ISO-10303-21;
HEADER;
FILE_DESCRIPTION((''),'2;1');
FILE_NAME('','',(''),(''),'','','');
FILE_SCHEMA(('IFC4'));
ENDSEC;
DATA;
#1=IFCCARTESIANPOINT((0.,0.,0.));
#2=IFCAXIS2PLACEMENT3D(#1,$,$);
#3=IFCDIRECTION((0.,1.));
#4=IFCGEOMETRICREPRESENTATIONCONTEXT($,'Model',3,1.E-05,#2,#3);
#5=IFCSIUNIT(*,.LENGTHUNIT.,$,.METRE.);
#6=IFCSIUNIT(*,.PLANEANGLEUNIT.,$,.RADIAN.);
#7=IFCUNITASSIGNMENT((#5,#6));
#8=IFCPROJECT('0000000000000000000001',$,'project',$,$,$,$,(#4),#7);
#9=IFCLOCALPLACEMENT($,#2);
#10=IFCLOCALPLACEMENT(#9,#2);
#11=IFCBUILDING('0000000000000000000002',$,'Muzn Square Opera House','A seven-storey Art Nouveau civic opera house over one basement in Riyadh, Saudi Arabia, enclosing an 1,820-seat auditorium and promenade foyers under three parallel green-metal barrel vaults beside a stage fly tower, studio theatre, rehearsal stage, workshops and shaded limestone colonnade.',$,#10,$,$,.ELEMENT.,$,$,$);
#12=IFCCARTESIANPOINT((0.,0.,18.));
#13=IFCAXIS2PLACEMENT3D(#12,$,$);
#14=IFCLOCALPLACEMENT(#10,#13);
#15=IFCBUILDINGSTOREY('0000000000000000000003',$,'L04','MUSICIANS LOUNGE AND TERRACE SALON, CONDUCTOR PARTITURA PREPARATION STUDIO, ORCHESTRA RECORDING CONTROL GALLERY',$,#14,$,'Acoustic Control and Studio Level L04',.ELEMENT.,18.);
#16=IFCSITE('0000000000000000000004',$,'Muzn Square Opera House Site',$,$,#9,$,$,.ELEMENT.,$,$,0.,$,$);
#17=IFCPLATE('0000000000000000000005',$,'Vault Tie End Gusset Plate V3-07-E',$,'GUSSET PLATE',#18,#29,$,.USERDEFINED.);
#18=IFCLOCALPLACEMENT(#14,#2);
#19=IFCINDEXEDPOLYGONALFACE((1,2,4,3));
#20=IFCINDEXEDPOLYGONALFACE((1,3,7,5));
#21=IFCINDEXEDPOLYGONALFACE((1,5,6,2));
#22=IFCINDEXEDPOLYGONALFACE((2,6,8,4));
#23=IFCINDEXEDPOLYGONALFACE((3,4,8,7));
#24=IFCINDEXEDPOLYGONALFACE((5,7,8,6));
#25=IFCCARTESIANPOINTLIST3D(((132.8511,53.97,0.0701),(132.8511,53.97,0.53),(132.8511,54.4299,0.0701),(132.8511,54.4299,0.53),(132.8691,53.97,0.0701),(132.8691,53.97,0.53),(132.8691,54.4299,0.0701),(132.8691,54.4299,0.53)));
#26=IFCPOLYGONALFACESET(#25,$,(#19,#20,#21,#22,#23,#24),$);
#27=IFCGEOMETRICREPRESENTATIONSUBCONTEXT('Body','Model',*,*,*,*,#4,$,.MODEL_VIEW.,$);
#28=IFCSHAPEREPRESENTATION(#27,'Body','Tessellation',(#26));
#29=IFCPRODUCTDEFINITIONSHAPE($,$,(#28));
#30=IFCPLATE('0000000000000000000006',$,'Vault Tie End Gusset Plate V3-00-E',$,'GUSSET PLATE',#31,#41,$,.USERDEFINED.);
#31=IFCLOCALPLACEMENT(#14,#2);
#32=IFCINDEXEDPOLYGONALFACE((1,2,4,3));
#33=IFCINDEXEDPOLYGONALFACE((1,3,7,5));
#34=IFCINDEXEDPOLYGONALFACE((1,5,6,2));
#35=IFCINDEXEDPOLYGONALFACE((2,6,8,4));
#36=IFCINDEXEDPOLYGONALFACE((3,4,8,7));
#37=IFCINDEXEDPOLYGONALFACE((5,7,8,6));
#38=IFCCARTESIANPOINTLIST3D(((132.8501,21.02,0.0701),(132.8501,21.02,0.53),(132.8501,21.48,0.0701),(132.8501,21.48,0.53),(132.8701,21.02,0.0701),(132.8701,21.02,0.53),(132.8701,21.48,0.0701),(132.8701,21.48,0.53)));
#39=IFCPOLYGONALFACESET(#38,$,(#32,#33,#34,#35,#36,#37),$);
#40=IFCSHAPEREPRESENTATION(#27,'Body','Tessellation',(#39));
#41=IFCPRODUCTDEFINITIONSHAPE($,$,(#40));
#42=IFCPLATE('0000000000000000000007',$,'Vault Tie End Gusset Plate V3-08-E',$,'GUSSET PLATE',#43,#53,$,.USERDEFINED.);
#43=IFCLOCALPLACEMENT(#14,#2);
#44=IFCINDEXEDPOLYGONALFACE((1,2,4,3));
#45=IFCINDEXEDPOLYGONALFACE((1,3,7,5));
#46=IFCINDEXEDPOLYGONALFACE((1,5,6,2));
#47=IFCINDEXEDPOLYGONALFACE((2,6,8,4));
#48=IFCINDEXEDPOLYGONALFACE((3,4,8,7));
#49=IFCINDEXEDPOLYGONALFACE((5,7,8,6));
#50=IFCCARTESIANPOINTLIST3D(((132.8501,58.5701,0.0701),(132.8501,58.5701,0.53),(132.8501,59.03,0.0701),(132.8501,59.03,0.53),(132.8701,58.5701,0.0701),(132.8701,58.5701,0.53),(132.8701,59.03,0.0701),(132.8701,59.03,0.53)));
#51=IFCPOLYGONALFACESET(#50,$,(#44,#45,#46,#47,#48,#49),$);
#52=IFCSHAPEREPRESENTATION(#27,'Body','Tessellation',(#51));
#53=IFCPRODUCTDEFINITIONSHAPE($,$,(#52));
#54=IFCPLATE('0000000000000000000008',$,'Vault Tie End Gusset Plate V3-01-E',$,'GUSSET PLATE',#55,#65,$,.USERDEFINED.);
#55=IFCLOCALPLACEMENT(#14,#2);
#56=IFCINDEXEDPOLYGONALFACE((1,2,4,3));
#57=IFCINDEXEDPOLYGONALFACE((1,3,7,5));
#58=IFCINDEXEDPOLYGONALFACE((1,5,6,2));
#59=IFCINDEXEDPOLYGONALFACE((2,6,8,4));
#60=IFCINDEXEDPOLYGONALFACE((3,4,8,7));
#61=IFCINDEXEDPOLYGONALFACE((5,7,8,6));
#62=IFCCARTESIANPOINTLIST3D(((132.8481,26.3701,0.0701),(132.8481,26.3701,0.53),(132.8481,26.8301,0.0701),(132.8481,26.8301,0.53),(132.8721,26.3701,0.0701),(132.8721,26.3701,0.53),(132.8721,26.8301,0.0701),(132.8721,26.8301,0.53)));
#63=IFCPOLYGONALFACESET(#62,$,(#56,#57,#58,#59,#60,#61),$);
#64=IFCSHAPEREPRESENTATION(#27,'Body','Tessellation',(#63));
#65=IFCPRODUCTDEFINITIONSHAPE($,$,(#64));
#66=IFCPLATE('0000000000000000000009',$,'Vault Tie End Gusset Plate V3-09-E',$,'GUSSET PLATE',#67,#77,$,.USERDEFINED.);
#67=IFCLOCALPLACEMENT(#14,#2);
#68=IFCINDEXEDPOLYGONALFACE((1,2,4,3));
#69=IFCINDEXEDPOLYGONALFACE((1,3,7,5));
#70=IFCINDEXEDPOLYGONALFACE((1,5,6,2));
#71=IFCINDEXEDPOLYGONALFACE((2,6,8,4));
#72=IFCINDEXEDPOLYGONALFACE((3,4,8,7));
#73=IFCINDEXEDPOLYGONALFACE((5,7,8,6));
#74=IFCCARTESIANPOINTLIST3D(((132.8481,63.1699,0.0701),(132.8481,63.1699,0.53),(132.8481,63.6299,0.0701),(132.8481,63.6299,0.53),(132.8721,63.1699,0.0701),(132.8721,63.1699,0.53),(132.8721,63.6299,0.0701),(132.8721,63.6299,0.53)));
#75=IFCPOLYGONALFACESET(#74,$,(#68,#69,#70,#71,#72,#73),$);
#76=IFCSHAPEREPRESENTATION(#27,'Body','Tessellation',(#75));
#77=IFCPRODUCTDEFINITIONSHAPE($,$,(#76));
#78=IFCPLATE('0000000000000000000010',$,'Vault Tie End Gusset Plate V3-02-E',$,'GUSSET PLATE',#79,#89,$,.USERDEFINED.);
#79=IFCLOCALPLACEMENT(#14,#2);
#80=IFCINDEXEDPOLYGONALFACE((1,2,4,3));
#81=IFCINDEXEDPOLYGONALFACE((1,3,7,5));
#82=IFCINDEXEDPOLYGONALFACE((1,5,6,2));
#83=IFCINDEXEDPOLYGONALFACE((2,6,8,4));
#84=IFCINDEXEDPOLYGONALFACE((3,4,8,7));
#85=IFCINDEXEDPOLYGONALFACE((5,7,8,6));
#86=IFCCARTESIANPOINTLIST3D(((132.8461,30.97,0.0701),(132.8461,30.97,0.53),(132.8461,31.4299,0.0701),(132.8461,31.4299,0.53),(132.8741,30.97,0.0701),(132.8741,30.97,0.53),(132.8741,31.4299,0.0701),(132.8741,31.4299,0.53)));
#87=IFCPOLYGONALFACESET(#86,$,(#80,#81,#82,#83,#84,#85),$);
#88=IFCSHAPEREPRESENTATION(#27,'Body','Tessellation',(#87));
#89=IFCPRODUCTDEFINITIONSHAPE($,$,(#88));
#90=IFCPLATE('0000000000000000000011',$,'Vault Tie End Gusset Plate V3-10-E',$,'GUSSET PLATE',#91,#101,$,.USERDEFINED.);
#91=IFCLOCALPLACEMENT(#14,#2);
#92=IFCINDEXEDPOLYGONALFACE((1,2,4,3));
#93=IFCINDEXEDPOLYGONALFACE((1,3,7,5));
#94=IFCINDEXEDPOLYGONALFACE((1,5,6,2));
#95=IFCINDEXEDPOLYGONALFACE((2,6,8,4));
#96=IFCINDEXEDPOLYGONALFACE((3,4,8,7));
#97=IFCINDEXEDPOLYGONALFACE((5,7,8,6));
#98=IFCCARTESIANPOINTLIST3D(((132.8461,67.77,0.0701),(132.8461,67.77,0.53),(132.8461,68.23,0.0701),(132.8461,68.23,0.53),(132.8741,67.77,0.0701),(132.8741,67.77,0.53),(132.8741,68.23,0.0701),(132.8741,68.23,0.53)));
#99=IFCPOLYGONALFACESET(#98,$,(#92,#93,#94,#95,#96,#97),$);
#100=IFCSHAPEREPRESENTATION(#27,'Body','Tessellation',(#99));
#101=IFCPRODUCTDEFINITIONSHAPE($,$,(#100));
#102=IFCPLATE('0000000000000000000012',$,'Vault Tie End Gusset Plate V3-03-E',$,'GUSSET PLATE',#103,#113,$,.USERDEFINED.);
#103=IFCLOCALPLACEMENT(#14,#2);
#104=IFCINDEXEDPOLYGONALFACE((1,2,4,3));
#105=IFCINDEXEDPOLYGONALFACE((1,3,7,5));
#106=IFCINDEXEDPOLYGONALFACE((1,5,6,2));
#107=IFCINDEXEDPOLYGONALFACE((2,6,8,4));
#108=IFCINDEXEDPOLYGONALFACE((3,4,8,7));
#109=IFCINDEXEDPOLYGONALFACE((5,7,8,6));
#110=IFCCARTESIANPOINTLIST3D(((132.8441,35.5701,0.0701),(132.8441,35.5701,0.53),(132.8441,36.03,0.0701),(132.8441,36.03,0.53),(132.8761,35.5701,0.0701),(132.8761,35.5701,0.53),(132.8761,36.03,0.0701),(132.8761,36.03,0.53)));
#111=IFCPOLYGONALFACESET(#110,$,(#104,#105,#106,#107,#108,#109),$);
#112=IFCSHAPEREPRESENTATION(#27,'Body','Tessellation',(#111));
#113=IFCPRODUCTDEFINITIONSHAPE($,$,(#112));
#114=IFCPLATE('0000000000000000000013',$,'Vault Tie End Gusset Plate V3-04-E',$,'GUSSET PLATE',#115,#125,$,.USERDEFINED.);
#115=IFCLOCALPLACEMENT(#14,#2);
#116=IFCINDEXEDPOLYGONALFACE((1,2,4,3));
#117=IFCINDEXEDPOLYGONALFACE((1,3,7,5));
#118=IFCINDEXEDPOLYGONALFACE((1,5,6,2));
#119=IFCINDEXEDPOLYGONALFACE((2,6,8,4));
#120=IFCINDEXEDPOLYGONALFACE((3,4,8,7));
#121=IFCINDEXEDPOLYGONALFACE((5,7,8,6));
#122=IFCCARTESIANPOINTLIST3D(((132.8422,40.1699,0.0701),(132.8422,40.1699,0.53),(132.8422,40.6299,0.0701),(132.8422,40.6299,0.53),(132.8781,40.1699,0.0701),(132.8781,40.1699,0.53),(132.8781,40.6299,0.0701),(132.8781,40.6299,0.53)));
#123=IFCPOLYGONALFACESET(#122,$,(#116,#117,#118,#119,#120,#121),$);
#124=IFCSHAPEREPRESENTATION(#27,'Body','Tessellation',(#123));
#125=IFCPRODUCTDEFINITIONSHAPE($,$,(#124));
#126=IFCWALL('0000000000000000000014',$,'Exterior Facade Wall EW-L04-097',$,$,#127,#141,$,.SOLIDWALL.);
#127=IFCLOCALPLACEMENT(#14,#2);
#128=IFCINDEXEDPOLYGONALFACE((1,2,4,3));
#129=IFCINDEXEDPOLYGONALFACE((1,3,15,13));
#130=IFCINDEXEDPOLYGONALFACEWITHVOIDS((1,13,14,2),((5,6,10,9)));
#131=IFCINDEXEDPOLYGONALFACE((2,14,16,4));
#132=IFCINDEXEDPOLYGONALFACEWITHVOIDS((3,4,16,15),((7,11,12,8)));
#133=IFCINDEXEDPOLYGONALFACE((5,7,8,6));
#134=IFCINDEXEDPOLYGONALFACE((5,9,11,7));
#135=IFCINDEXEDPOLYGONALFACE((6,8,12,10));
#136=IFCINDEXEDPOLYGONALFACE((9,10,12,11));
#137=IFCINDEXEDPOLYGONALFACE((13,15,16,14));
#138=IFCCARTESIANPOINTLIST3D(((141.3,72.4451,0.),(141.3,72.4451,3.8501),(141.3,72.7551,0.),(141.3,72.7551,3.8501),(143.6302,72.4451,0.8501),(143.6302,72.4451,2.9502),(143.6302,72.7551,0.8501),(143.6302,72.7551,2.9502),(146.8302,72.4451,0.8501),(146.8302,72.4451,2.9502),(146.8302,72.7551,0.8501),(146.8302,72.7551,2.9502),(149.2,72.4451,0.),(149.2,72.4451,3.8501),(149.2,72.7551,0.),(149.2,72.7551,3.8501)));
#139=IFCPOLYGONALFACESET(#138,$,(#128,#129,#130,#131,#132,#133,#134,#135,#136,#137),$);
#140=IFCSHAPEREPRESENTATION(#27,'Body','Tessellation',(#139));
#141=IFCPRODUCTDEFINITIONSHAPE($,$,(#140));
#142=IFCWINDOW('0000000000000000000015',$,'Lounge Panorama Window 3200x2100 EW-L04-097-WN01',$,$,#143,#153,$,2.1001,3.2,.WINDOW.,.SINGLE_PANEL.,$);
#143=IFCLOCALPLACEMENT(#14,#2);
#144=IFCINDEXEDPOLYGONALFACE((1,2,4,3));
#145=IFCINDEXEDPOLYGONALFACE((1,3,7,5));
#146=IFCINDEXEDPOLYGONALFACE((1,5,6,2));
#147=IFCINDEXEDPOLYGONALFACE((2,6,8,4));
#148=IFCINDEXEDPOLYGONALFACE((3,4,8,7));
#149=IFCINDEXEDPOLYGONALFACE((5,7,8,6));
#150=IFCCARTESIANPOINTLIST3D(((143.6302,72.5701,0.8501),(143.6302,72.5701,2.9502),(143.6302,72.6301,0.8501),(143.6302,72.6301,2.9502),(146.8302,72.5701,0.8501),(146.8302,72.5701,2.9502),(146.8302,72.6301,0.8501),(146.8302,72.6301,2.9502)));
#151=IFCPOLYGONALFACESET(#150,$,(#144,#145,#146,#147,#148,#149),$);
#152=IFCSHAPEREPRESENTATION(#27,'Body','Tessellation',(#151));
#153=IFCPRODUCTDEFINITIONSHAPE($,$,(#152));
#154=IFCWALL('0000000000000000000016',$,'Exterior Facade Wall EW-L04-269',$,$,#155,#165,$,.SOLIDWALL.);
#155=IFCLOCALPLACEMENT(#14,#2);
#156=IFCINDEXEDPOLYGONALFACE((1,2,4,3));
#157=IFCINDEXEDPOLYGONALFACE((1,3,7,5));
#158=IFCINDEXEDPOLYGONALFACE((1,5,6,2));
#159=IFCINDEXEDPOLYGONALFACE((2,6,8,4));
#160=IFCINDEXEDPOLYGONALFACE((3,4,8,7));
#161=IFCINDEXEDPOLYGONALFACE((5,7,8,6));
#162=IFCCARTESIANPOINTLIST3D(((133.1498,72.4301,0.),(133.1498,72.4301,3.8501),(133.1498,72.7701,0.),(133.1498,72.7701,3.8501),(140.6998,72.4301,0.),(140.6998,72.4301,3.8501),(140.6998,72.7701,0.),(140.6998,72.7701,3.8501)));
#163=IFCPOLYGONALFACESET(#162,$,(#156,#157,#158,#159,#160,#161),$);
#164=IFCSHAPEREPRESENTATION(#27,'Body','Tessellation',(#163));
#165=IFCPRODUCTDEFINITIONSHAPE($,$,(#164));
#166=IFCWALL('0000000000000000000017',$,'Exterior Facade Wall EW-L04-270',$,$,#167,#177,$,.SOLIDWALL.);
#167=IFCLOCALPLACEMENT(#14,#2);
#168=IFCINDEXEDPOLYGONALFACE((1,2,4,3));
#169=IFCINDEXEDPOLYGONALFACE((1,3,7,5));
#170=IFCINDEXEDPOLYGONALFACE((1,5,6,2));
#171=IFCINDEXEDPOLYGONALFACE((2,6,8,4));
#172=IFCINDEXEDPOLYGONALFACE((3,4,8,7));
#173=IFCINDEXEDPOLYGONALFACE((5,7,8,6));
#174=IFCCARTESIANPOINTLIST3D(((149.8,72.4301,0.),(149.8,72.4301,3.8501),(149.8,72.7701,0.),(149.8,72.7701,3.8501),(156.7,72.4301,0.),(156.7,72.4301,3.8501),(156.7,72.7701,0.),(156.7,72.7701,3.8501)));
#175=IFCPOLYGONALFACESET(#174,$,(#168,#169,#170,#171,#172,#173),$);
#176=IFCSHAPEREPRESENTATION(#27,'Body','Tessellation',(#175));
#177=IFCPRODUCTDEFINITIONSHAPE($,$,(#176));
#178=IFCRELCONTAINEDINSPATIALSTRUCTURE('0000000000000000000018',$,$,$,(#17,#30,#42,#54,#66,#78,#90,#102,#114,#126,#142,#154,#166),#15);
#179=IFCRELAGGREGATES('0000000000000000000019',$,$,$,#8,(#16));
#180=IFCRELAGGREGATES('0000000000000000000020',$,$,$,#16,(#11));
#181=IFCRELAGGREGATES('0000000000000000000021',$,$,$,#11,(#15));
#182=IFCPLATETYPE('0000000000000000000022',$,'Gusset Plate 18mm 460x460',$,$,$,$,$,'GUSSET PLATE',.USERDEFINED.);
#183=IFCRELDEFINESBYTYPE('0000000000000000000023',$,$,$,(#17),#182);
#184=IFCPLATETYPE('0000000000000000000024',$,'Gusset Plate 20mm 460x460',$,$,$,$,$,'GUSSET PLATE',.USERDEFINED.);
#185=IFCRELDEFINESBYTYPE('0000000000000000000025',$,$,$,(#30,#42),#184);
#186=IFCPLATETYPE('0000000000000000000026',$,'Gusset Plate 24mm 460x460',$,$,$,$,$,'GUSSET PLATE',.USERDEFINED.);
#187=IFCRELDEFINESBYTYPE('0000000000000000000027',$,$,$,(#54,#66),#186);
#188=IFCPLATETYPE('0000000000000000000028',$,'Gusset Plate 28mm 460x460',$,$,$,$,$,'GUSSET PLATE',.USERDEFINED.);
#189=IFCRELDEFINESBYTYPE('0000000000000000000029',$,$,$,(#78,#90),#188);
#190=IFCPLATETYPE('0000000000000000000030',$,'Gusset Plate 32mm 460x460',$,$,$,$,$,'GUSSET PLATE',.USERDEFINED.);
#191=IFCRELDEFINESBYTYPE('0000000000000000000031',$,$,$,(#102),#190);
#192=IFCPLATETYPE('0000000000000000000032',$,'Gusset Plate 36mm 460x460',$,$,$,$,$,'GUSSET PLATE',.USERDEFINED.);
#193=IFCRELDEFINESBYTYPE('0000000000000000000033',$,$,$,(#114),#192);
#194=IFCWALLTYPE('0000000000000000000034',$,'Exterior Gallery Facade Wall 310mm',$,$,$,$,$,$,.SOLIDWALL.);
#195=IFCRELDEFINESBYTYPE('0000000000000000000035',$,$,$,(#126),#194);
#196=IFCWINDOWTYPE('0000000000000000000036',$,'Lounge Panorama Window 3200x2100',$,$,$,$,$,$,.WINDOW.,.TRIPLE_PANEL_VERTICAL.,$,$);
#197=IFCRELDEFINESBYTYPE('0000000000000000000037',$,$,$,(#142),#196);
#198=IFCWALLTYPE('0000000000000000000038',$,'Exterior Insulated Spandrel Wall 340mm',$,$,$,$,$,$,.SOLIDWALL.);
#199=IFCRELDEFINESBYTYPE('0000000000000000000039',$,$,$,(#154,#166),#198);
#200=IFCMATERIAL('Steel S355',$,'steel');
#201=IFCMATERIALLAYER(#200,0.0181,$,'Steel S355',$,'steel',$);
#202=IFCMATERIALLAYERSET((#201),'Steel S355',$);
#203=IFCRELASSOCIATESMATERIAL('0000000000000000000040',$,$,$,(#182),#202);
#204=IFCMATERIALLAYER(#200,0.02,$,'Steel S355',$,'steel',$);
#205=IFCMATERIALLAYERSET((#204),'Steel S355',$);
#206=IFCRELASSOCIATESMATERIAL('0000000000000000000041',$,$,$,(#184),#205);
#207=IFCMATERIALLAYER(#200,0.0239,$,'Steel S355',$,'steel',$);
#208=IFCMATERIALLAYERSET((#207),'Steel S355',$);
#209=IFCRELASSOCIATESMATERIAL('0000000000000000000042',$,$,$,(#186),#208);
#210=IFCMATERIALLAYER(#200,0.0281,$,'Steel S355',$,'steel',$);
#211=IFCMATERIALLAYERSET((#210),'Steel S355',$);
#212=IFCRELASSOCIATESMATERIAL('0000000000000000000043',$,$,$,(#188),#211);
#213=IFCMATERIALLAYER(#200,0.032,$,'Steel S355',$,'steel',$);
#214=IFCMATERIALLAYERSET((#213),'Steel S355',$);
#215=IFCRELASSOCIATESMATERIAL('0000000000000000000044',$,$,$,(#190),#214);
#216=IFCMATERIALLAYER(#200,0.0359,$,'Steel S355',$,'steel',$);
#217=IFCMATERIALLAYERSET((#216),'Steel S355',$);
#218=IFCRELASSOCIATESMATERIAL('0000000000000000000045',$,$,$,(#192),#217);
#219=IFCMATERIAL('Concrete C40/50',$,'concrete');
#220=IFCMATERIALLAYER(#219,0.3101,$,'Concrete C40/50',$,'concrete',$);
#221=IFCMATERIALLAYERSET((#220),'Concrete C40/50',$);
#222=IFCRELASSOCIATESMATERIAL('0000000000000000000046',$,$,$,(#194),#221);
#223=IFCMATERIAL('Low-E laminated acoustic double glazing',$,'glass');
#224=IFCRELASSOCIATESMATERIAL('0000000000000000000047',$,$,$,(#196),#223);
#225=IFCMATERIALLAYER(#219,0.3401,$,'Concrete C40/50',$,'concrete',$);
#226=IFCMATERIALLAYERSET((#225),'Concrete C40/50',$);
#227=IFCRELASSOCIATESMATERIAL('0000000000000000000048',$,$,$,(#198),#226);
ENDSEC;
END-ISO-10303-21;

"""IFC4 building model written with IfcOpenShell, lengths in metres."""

from ifc_helpers import new_model, si_unit, direction, frame, frame_2d, origin, origin_2d, place, context, subcontext, project, spatial, rectangle, extrude, material, layer, layer_set, type_object, element, fill, save


model = new_model("IFC4")

# Units and contexts
model_context = context("Model", 3, precision=1e-05, world=origin(), true_north=direction((0.0, 1.0)))
body_context = subcontext(model_context, "Body", "Model", "MODEL_VIEW")
ifc_project = project(units=[si_unit("LENGTHUNIT", "METRE"), si_unit("PLANEANGLEUNIT", "RADIAN")], contexts=[model_context])

# Site, building, storey
site_placement = place(None, origin())
site = spatial("IfcSite", under=ifc_project, at=site_placement, Name="Muzn Square Opera House Site", CompositionType="ELEMENT", RefElevation=0.0)
building_placement = place(site_placement, origin())
building = spatial("IfcBuilding", under=site, at=building_placement, Name="Muzn Square Opera House", Description="A seven-storey Art Nouveau civic opera house over one basement in Riyadh, Saudi Arabia, enclosing an 1,820-seat auditorium and promenade foyers under three parallel green-metal barrel vaults beside a stage fly tower, studio theatre, rehearsal stage, workshops and shaded limestone colonnade.", CompositionType="ELEMENT")
storey_placement = place(building_placement, frame((0.0, 0.0, 18.0)))
storey = spatial("IfcBuildingStorey", under=building, at=storey_placement, Name="L04", Description="MUSICIANS LOUNGE AND TERRACE SALON, CONDUCTOR PARTITURA PREPARATION STUDIO, ORCHESTRA RECORDING CONTROL GALLERY", LongName="Acoustic Control and Studio Level L04", CompositionType="ELEMENT", Elevation=18.0)

# Shared definitions
ifc_material_1 = material(Name="Steel S355", Category="steel")

# Shared definitions
ifc_material_2 = material(Name="Concrete C40/50", Category="concrete")

# Plates
ifc_layer_1 = layer(ifc_material_1, 0.0181, Name="Steel S355", Category="steel")
ifc_layer_set_1 = layer_set([ifc_layer_1], Name="Steel S355")
plate_type_1 = type_object("IfcPlateType", Name="Gusset Plate 18mm 460x460", ElementType="GUSSET PLATE", PredefinedType="USERDEFINED", material=ifc_layer_set_1)
plate_1_placement = place(storey_placement, frame((132.8601, 54.2, 0.0701), z_axis=(0.0, 0.0, 1.0), x_axis=(1.0, 0.0, 0.0)))
element("IfcPlate", 1, at=plate_1_placement, inside=storey, type_object=plate_type_1, Name="Vault Tie End Gusset Plate V3-07-E", ObjectType="GUSSET PLATE", PredefinedType="USERDEFINED", context=body_context, shape_type="SweptSolid", body=[
    extrude(rectangle(XDim=0.0181, YDim=0.46, at=origin_2d()), origin(), (0.0, 0.0, 1.0), 0.46),
])
ifc_layer_2 = layer(ifc_material_1, 0.02, Name="Steel S355", Category="steel")
ifc_layer_set_2 = layer_set([ifc_layer_2], Name="Steel S355")
plate_type_2 = type_object("IfcPlateType", Name="Gusset Plate 20mm 460x460", ElementType="GUSSET PLATE", PredefinedType="USERDEFINED", material=ifc_layer_set_2)
for number, where, z_axis, x_axis, name in (
    (2, (132.8601, 21.25, 0.0701), (0.0, 0.0, 1.0), (1.0, 0.0, 0.0), "Vault Tie End Gusset Plate V3-00-E"),
    (3, (132.8601, 58.8, 0.0701), (0.0, 0.0, 1.0), (1.0, 0.0, 0.0), "Vault Tie End Gusset Plate V3-08-E"),
):
    element("IfcPlate", number, at=place(storey_placement, frame(where, z_axis=z_axis, x_axis=x_axis)), inside=storey, type_object=plate_type_2, Name=name, ObjectType="GUSSET PLATE", PredefinedType="USERDEFINED", context=body_context, shape_type="SweptSolid", body=[
        extrude(rectangle(XDim=0.02, YDim=0.46, at=origin_2d()), origin(), (0.0, 0.0, 1.0), 0.46),
    ])
ifc_layer_3 = layer(ifc_material_1, 0.0239, Name="Steel S355", Category="steel")
ifc_layer_set_3 = layer_set([ifc_layer_3], Name="Steel S355")
plate_type_3 = type_object("IfcPlateType", Name="Gusset Plate 24mm 460x460", ElementType="GUSSET PLATE", PredefinedType="USERDEFINED", material=ifc_layer_set_3)
for number, where, z_axis, x_axis, name in (
    (4, (132.8601, 26.6001, 0.0701), (0.0, 0.0, 1.0), (1.0, 0.0, 0.0), "Vault Tie End Gusset Plate V3-01-E"),
    (5, (132.8601, 63.3999, 0.0701), (0.0, 0.0, 1.0), (1.0, 0.0, 0.0), "Vault Tie End Gusset Plate V3-09-E"),
):
    element("IfcPlate", number, at=place(storey_placement, frame(where, z_axis=z_axis, x_axis=x_axis)), inside=storey, type_object=plate_type_3, Name=name, ObjectType="GUSSET PLATE", PredefinedType="USERDEFINED", context=body_context, shape_type="SweptSolid", body=[
        extrude(rectangle(XDim=0.0239, YDim=0.46, at=origin_2d()), origin(), (0.0, 0.0, 1.0), 0.46),
    ])
ifc_layer_4 = layer(ifc_material_1, 0.0281, Name="Steel S355", Category="steel")
ifc_layer_set_4 = layer_set([ifc_layer_4], Name="Steel S355")
plate_type_4 = type_object("IfcPlateType", Name="Gusset Plate 28mm 460x460", ElementType="GUSSET PLATE", PredefinedType="USERDEFINED", material=ifc_layer_set_4)
for number, where, z_axis, x_axis, name in (
    (6, (132.8601, 31.2, 0.0701), (0.0, 0.0, 1.0), (1.0, 0.0, 0.0), "Vault Tie End Gusset Plate V3-02-E"),
    (7, (132.8601, 68.0, 0.0701), (0.0, 0.0, 1.0), (1.0, 0.0, 0.0), "Vault Tie End Gusset Plate V3-10-E"),
):
    element("IfcPlate", number, at=place(storey_placement, frame(where, z_axis=z_axis, x_axis=x_axis)), inside=storey, type_object=plate_type_4, Name=name, ObjectType="GUSSET PLATE", PredefinedType="USERDEFINED", context=body_context, shape_type="SweptSolid", body=[
        extrude(rectangle(XDim=0.0281, YDim=0.46, at=origin_2d()), origin(), (0.0, 0.0, 1.0), 0.46),
    ])
ifc_layer_5 = layer(ifc_material_1, 0.032, Name="Steel S355", Category="steel")
ifc_layer_set_5 = layer_set([ifc_layer_5], Name="Steel S355")
plate_type_5 = type_object("IfcPlateType", Name="Gusset Plate 32mm 460x460", ElementType="GUSSET PLATE", PredefinedType="USERDEFINED", material=ifc_layer_set_5)
plate_2_placement = place(storey_placement, frame((132.8601, 35.8, 0.0701), z_axis=(0.0, 0.0, 1.0), x_axis=(1.0, 0.0, 0.0)))
element("IfcPlate", 8, at=plate_2_placement, inside=storey, type_object=plate_type_5, Name="Vault Tie End Gusset Plate V3-03-E", ObjectType="GUSSET PLATE", PredefinedType="USERDEFINED", context=body_context, shape_type="SweptSolid", body=[
    extrude(rectangle(XDim=0.032, YDim=0.46, at=origin_2d()), origin(), (0.0, 0.0, 1.0), 0.46),
])
ifc_layer_6 = layer(ifc_material_1, 0.0359, Name="Steel S355", Category="steel")
ifc_layer_set_6 = layer_set([ifc_layer_6], Name="Steel S355")
plate_type_6 = type_object("IfcPlateType", Name="Gusset Plate 36mm 460x460", ElementType="GUSSET PLATE", PredefinedType="USERDEFINED", material=ifc_layer_set_6)
plate_3_placement = place(storey_placement, frame((132.8601, 40.3999, 0.0701), z_axis=(0.0, 0.0, 1.0), x_axis=(1.0, 0.0, 0.0)))
element("IfcPlate", 9, at=plate_3_placement, inside=storey, type_object=plate_type_6, Name="Vault Tie End Gusset Plate V3-04-E", ObjectType="GUSSET PLATE", PredefinedType="USERDEFINED", context=body_context, shape_type="SweptSolid", body=[
    extrude(rectangle(XDim=0.0359, YDim=0.46, at=origin_2d()), origin(), (0.0, 0.0, 1.0), 0.46),
])

# Wall, opening, window
ifc_layer_7 = layer(ifc_material_2, 0.3101, Name="Concrete C40/50", Category="concrete")
ifc_layer_set_7 = layer_set([ifc_layer_7], Name="Concrete C40/50")
wall_type_1 = type_object("IfcWallType", Name="Exterior Gallery Facade Wall 310mm", PredefinedType="SOLIDWALL", material=ifc_layer_set_7)
wall_1_placement = place(storey_placement, frame((141.3, 72.6001, 0.0), z_axis=(0.0, 0.0, 1.0), x_axis=(1.0, 0.0, 0.0)))
wall_1 = element("IfcWall", 10, at=wall_1_placement, inside=storey, type_object=wall_type_1, Name="Exterior Facade Wall EW-L04-097", PredefinedType="SOLIDWALL", context=body_context, shape_type="SweptSolid", body=[
    extrude(rectangle(XDim=7.8999, YDim=0.3101, at=frame_2d((3.95, 0.0))), origin(), (0.0, 0.0, 1.0), 3.8501),
])
opening_placement = place(wall_1_placement, frame((2.3301, 0.0, 0.8501)))
opening = element("IfcOpeningElement", 11, at=opening_placement, cuts=wall_1, PredefinedType="OPENING", context=body_context, shape_type="SweptSolid", body=[
    extrude(rectangle(XDim=3.2, YDim=2.1001, at=frame_2d((1.6001, 1.05))), frame((0.0, 0.165, 0.0), z_axis=(0.0, -1.0, 0.0), x_axis=(1.0, 0.0, 0.0)), (0.0, 0.0, 1.0), 0.3301),
])
ifc_material_3 = material(Name="Low-E laminated acoustic double glazing", Category="glass")
window_type = type_object("IfcWindowType", Name="Lounge Panorama Window 3200x2100", PartitioningType="TRIPLE_PANEL_VERTICAL", PredefinedType="WINDOW", material=ifc_material_3)
window_placement = place(opening_placement, origin())
window = element("IfcWindow", 12, at=window_placement, inside=storey, type_object=window_type, Name="Lounge Panorama Window 3200x2100 EW-L04-097-WN01", OverallHeight=2.1001, OverallWidth=3.2, PartitioningType="SINGLE_PANEL", PredefinedType="WINDOW", context=body_context, shape_type="SweptSolid", body=[
    extrude(rectangle(XDim=3.2, YDim=2.1001, at=frame_2d((1.6001, 1.05))), frame((0.0, 0.03, 0.0), z_axis=(0.0, -1.0, 0.0), x_axis=(1.0, 0.0, 0.0)), (0.0, 0.0, 1.0), 0.0601),
])
fill(opening, window)

# Walls
ifc_layer_8 = layer(ifc_material_2, 0.3401, Name="Concrete C40/50", Category="concrete")
ifc_layer_set_8 = layer_set([ifc_layer_8], Name="Concrete C40/50")
wall_type_2 = type_object("IfcWallType", Name="Exterior Insulated Spandrel Wall 340mm", PredefinedType="SOLIDWALL", material=ifc_layer_set_8)
wall_2_placement = place(storey_placement, frame((133.1499, 72.6001, 0.0), z_axis=(0.0, 0.0, 1.0), x_axis=(1.0, 0.0, 0.0)))
element("IfcWall", 13, at=wall_2_placement, inside=storey, type_object=wall_type_2, Name="Exterior Facade Wall EW-L04-269", PredefinedType="SOLIDWALL", context=body_context, shape_type="SweptSolid", body=[
    extrude(rectangle(XDim=7.55, YDim=0.3401, at=frame_2d((3.7749, 0.0))), origin(), (0.0, 0.0, 1.0), 3.8501),
])
wall_3_placement = place(storey_placement, frame((149.8, 72.6001, 0.0), z_axis=(0.0, 0.0, 1.0), x_axis=(1.0, 0.0, 0.0)))
element("IfcWall", 14, at=wall_3_placement, inside=storey, type_object=wall_type_2, Name="Exterior Facade Wall EW-L04-270", PredefinedType="SOLIDWALL", context=body_context, shape_type="SweptSolid", body=[
    extrude(rectangle(XDim=6.8999, YDim=0.3401, at=frame_2d((3.45, 0.0))), origin(), (0.0, 0.0, 1.0), 3.8501),
])

save(model, "model.ifc")
